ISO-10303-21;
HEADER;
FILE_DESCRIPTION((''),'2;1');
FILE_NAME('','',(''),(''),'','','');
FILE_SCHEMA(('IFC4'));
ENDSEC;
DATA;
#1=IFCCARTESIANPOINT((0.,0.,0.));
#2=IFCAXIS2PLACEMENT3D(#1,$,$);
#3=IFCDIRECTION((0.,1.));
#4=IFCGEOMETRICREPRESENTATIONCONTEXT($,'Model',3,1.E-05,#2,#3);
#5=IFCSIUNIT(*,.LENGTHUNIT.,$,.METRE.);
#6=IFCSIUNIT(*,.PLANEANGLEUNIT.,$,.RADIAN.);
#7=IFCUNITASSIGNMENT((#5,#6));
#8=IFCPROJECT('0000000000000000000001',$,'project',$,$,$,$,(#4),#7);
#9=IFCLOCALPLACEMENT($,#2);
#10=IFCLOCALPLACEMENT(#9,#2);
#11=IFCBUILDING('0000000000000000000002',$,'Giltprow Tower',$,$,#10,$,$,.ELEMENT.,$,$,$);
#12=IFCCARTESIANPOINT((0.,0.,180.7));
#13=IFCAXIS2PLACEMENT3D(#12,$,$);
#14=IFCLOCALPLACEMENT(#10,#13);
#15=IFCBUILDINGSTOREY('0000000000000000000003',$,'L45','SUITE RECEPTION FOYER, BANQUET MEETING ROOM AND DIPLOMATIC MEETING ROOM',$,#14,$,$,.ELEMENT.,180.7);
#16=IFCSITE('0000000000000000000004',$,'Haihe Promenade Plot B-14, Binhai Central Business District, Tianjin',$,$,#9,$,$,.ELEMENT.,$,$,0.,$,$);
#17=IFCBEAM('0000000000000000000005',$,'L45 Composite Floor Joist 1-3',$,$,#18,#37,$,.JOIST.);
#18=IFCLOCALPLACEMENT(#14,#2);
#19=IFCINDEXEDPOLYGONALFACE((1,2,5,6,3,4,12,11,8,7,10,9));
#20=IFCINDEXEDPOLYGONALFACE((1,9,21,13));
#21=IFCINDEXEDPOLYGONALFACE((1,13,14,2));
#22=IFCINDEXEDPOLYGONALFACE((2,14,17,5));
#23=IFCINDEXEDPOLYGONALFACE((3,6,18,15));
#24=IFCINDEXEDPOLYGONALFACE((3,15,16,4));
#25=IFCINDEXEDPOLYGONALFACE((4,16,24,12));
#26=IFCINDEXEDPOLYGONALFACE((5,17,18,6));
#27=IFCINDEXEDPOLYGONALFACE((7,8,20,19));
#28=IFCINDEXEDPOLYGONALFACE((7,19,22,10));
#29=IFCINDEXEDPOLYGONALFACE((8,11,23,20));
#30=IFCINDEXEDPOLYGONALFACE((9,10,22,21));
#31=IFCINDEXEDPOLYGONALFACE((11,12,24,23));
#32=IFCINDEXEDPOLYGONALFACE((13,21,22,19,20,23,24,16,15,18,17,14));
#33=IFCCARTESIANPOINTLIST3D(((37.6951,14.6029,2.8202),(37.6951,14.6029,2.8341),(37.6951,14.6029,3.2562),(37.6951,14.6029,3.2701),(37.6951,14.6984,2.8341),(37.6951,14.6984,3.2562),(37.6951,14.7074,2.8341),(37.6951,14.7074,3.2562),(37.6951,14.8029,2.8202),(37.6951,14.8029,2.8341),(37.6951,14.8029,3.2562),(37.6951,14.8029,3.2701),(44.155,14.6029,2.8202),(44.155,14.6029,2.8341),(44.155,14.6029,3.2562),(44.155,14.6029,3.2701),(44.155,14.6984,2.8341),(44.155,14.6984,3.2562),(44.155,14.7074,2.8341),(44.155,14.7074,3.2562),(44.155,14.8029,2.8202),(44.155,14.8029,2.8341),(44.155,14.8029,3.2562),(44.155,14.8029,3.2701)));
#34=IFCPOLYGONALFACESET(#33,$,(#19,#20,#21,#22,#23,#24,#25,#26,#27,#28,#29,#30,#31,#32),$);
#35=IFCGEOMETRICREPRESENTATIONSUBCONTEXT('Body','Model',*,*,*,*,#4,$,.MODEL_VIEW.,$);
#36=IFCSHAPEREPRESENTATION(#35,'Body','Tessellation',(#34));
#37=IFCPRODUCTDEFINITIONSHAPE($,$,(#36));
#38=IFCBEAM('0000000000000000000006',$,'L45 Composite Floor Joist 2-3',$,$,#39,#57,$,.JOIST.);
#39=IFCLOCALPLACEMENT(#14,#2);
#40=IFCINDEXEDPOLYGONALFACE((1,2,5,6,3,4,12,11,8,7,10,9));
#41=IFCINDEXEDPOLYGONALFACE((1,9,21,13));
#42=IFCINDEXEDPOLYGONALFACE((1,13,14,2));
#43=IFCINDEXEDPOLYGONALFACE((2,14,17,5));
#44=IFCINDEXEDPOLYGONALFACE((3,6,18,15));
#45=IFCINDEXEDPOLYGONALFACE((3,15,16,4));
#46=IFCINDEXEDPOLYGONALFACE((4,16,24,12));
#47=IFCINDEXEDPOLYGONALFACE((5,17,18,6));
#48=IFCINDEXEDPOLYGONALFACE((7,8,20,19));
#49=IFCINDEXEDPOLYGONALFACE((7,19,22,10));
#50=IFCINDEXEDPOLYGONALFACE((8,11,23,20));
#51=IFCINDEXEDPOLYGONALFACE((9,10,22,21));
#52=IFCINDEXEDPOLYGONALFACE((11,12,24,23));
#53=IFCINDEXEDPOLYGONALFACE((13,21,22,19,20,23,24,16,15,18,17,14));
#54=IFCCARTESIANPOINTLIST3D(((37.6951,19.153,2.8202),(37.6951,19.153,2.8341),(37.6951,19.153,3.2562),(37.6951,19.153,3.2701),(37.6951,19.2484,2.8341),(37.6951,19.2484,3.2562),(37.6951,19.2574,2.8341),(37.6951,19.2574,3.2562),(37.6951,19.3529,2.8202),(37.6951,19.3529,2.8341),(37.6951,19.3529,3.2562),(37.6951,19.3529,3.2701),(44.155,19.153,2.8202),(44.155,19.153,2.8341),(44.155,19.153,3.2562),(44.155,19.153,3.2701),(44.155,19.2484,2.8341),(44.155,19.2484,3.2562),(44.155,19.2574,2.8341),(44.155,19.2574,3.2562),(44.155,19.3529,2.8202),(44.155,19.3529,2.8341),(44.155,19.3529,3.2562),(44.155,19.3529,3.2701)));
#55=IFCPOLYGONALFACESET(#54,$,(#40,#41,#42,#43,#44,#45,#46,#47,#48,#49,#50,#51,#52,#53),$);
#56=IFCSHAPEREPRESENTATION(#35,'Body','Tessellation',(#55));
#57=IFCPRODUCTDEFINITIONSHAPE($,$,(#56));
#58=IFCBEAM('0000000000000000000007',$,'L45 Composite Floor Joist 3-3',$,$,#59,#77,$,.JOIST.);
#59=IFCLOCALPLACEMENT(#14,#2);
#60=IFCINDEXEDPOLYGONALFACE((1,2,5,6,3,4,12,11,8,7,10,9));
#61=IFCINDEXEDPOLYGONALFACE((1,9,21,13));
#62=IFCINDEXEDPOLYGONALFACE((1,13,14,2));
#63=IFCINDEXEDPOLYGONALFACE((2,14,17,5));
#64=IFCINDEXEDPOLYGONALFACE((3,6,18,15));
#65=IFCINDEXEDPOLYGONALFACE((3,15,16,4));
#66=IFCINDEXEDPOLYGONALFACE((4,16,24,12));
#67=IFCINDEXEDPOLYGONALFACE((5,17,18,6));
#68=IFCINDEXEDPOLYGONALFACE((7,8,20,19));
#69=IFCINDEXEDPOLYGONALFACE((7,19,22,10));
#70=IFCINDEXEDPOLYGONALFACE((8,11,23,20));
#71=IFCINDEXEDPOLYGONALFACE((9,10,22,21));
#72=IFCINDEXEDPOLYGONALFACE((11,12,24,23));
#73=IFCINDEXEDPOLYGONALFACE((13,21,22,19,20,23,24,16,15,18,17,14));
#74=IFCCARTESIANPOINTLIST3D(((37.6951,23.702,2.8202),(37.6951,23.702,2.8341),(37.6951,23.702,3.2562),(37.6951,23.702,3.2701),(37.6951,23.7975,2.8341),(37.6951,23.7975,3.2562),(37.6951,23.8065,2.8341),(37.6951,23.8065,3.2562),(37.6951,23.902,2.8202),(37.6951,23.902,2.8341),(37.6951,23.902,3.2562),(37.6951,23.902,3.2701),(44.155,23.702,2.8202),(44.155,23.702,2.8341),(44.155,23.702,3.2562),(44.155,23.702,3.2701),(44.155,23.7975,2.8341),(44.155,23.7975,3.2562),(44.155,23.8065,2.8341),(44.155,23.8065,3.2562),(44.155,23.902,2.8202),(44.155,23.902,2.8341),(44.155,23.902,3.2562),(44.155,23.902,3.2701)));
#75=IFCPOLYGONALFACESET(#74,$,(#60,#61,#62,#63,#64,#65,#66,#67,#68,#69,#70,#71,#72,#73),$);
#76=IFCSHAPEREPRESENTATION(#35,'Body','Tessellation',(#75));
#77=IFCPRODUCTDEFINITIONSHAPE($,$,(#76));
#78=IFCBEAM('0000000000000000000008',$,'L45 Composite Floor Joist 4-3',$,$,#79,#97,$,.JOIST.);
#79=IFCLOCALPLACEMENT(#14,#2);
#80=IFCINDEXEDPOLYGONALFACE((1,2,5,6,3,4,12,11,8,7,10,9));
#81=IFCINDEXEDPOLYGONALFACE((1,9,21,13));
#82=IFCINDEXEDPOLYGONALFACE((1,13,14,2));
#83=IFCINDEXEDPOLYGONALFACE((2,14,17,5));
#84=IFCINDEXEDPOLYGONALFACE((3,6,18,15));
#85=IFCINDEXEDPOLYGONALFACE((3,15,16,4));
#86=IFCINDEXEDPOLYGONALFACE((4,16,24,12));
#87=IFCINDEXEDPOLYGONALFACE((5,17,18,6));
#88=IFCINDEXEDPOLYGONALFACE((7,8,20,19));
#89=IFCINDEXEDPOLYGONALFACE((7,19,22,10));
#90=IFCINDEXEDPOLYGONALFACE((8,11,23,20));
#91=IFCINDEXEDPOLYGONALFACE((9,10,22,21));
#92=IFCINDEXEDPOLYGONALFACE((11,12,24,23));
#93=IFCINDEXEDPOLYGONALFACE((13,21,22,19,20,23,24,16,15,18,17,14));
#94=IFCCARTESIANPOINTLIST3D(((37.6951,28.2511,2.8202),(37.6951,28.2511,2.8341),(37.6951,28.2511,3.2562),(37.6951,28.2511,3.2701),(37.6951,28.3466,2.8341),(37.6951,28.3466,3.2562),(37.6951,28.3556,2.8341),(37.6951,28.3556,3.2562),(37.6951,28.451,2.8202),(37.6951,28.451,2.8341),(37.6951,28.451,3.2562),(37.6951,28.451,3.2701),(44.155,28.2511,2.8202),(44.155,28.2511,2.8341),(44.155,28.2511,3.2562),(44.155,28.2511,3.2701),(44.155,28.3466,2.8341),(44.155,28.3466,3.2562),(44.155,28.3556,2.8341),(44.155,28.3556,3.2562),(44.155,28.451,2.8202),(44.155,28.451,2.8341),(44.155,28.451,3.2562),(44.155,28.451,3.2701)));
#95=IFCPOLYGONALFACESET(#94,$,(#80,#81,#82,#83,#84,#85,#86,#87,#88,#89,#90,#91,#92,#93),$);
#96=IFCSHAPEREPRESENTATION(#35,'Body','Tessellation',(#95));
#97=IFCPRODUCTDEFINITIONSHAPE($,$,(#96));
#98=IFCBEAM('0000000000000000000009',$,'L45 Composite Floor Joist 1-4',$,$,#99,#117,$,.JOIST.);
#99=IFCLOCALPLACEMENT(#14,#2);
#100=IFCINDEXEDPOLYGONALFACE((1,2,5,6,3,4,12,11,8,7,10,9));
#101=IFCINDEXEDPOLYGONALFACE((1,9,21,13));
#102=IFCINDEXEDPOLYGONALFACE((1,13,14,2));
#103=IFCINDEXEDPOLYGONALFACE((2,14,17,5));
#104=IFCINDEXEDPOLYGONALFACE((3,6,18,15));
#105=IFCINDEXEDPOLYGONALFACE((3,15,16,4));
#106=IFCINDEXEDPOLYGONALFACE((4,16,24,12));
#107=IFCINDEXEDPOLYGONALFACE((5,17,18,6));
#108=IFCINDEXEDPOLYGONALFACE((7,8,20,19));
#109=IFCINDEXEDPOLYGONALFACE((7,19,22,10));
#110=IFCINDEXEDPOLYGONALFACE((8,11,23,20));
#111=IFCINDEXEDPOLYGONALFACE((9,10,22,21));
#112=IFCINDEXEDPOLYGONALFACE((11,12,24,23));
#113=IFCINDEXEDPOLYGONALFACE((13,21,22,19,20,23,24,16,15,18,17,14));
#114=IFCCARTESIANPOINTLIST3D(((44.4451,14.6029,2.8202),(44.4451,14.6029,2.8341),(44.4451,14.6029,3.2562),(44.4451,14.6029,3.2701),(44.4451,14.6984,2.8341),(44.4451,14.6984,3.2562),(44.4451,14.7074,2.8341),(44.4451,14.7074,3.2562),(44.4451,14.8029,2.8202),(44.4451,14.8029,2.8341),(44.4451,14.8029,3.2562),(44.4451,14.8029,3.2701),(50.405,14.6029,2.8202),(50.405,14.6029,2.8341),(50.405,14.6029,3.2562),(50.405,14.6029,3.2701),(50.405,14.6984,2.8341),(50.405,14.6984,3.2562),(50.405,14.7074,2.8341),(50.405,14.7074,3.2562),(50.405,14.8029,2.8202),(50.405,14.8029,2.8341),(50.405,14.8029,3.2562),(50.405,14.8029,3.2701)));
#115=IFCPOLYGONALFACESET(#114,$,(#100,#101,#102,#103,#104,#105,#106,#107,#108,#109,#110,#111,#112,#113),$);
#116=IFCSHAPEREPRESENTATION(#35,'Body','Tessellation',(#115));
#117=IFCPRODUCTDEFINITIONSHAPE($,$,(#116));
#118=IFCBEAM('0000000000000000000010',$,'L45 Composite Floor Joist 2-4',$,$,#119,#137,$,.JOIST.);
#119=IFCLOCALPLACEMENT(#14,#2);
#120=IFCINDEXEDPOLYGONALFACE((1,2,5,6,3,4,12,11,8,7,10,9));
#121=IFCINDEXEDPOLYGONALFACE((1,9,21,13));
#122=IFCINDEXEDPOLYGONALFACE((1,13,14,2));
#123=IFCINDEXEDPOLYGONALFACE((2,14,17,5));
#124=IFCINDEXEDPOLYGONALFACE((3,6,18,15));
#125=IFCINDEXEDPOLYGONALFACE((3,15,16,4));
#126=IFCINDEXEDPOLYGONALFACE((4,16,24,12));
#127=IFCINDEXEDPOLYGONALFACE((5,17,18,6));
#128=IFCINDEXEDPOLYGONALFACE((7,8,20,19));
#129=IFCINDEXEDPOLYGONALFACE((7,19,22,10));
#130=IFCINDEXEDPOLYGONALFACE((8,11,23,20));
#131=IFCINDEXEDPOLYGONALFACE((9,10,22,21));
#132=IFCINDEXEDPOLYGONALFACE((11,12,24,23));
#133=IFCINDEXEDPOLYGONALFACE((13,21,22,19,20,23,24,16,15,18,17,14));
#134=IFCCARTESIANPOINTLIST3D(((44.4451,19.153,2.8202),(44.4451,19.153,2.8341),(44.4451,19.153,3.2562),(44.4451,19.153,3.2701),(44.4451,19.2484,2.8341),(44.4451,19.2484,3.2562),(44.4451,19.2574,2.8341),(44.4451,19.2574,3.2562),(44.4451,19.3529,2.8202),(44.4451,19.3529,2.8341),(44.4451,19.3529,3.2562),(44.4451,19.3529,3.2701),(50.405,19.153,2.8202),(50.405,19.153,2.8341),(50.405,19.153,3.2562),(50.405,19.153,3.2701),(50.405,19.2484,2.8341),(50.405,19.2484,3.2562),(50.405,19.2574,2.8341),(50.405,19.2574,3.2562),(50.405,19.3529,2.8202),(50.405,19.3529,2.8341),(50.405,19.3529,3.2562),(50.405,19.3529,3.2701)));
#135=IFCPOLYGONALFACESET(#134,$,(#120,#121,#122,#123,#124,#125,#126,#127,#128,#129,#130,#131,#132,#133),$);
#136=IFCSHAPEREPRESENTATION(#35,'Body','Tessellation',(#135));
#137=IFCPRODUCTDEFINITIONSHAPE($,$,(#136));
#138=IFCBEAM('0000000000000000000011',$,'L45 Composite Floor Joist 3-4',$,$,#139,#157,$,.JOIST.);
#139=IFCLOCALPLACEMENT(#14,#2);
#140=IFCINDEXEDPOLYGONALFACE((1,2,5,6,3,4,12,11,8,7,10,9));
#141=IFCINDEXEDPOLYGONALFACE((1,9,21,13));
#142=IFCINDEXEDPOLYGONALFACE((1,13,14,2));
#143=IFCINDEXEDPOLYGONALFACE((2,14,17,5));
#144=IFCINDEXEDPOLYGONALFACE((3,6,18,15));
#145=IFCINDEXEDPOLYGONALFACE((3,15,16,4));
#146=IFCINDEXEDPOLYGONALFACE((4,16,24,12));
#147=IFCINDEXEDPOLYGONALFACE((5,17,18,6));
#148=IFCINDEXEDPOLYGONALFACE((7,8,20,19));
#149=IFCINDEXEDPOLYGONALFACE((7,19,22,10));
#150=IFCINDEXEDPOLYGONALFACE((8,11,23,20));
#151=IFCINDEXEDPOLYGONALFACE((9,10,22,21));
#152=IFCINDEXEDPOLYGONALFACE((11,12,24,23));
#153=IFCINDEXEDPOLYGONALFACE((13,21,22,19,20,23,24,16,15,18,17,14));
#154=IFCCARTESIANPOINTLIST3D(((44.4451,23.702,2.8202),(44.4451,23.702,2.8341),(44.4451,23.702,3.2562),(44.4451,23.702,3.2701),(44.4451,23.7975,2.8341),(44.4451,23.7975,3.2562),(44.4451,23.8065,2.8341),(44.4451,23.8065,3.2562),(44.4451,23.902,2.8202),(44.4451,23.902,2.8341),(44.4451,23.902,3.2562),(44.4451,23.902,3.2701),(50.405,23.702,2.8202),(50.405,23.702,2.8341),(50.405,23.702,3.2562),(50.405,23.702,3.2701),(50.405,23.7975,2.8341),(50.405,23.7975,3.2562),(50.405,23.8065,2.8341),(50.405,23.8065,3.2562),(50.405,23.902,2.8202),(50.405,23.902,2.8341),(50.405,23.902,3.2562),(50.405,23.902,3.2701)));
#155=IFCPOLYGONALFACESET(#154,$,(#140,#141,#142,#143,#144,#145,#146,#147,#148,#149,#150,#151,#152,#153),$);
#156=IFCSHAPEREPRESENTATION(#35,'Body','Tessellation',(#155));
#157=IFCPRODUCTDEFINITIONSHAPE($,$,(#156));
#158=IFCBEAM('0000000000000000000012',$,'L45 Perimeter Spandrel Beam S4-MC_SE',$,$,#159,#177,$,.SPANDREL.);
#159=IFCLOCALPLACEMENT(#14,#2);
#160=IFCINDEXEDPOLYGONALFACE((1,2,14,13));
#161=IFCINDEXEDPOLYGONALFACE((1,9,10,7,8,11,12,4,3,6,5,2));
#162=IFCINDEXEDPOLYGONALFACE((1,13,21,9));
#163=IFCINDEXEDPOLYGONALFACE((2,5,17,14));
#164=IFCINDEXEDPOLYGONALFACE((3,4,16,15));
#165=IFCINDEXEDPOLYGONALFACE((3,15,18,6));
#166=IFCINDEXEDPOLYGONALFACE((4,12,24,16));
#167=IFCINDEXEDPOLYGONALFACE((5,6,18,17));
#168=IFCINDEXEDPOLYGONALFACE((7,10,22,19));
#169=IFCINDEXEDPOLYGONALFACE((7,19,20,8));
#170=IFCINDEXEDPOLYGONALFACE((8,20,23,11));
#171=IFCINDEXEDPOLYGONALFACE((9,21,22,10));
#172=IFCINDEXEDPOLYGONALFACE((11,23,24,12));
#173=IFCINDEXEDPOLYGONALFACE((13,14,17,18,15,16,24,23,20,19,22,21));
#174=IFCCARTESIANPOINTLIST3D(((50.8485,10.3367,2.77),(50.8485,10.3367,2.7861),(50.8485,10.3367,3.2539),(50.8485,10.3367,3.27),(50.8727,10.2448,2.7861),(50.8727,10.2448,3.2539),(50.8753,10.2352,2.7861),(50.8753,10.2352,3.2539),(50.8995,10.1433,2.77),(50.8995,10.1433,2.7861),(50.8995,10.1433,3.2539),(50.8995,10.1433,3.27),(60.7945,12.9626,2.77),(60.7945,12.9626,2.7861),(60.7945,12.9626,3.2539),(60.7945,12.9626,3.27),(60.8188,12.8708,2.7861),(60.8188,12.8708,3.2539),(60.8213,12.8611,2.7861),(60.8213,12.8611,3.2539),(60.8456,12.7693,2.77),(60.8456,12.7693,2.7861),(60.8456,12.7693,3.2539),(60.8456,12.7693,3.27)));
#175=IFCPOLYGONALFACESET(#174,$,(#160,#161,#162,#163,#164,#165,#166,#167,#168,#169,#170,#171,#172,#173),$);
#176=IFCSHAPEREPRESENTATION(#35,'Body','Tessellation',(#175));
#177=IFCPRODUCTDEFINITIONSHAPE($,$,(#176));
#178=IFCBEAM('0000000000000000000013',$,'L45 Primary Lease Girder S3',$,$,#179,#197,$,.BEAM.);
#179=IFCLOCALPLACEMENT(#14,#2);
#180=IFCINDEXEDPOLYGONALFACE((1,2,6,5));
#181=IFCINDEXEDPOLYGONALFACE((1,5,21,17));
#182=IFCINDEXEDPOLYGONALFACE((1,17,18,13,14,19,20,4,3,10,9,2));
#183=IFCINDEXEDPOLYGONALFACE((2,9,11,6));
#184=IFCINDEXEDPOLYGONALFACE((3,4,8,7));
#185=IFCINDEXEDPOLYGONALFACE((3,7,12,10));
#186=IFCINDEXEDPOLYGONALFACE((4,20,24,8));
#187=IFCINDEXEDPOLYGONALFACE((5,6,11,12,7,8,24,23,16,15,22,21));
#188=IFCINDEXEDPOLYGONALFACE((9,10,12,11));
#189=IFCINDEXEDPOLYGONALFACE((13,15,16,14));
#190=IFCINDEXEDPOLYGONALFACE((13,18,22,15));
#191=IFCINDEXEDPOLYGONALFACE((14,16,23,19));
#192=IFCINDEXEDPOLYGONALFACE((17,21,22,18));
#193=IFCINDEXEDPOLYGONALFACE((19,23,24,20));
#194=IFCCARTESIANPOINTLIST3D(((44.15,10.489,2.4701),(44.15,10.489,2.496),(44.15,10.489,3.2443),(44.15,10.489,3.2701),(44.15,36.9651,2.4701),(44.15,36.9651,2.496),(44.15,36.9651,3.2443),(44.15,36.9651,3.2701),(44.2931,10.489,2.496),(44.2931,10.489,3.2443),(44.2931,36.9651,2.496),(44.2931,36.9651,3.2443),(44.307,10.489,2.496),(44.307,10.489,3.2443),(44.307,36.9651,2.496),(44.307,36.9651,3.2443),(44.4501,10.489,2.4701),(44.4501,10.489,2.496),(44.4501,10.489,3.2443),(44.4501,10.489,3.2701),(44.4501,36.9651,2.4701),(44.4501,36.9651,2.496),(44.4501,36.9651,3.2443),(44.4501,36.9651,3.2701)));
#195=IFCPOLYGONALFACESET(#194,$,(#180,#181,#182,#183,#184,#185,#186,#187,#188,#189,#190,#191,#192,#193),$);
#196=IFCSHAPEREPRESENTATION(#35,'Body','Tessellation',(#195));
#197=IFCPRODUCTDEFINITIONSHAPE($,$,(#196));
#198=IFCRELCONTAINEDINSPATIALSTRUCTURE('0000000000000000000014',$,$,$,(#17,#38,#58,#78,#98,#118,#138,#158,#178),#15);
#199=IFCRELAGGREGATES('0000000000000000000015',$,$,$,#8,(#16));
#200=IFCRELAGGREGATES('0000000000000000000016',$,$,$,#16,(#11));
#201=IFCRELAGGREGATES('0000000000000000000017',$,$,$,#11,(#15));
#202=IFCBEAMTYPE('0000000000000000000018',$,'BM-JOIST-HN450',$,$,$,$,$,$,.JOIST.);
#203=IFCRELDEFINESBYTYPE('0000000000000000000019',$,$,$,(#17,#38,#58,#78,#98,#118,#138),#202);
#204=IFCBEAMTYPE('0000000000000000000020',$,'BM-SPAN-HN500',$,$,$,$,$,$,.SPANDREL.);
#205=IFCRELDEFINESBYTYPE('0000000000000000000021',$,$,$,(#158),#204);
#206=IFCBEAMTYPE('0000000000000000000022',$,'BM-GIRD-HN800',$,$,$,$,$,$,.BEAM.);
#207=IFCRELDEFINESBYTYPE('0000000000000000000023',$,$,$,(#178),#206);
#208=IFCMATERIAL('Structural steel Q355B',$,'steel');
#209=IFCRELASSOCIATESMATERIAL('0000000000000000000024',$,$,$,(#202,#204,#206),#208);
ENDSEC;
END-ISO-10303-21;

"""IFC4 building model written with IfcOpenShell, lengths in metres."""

from ifc_helpers import new_model, si_unit, direction, frame, origin, origin_2d, place, context, subcontext, project, spatial, i_section, extrude, source, transform, mapped, material, material_profile, profile_set, type_object, element, save


model = new_model("IFC4")

# Units and contexts
model_context = context("Model", 3, precision=1e-05, world=origin(), true_north=direction((0.0, 1.0)))
body_context = subcontext(model_context, "Body", "Model", "MODEL_VIEW")
ifc_project = project(units=[si_unit("LENGTHUNIT", "METRE"), si_unit("PLANEANGLEUNIT", "RADIAN")], contexts=[model_context])

# Site, building, storey
site_placement = place(None, origin())
site = spatial("IfcSite", under=ifc_project, at=site_placement, Name="Haihe Promenade Plot B-14, Binhai Central Business District, Tianjin", CompositionType="ELEMENT", RefElevation=0.0)
building_placement = place(site_placement, origin())
building = spatial("IfcBuilding", under=site, at=building_placement, Name="Giltprow Tower", CompositionType="ELEMENT")
storey_placement = place(building_placement, frame((0.0, 0.0, 180.7)))
storey = spatial("IfcBuildingStorey", under=building, at=storey_placement, Name="L45", Description="SUITE RECEPTION FOYER, BANQUET MEETING ROOM AND DIPLOMATIC MEETING ROOM", CompositionType="ELEMENT", Elevation=180.7)

# Beams
ifc_material_1 = material(Name="Structural steel Q355B", Category="steel")
ifc_material_profile_1 = material_profile(ifc_material_1, i_section(OverallWidth=0.2, OverallDepth=0.45, WebThickness=0.009, FlangeThickness=0.0139, at=origin_2d()), Name="HN 450x200x9x14")
ifc_profile_set_1 = profile_set([ifc_material_profile_1], Name="Structural steel Q355B")
beam_type_1 = type_object("IfcBeamType", Name="BM-JOIST-HN450", PredefinedType="JOIST", material=ifc_profile_set_1)
shared_shape_1 = source(origin(), body_context, "Body", "SweptSolid", [
    extrude(i_section(OverallWidth=0.2, OverallDepth=0.45, WebThickness=0.009, FlangeThickness=0.0139, at=origin_2d()), origin(), (0.0, 0.0, 1.0), 6.46),
])
for number, where, z_axis, x_axis, name in (
    (1, (37.6951, 14.7029, 3.0452), (1.0, 0.0, 0.0), (0.0, 1.0, 0.0), "L45 Composite Floor Joist 1-3"),
    (2, (37.6951, 19.2529, 3.0452), (1.0, 0.0, 0.0), (0.0, 1.0, 0.0), "L45 Composite Floor Joist 2-3"),
    (3, (37.6951, 23.802, 3.0452), (1.0, 0.0, 0.0), (0.0, 1.0, 0.0), "L45 Composite Floor Joist 3-3"),
    (4, (37.6951, 28.3511, 3.0452), (1.0, 0.0, 0.0), (0.0, 1.0, 0.0), "L45 Composite Floor Joist 4-3"),
):
    element("IfcBeam", number, at=place(storey_placement, frame(where, z_axis=z_axis, x_axis=x_axis)), inside=storey, type_object=beam_type_1, Name=name, PredefinedType="JOIST", context=body_context, shape_type="MappedRepresentation", body=[
        mapped(shared_shape_1, transform((0.0, 0.0, 0.0), x_axis=(1.0, 0.0, 0.0), y_axis=(0.0, 1.0, 0.0), z_axis=(0.0, 0.0, 1.0), scale=1.0)),
    ])
shared_shape_2 = source(origin(), body_context, "Body", "SweptSolid", [
    extrude(i_section(OverallWidth=0.2, OverallDepth=0.45, WebThickness=0.009, FlangeThickness=0.0139, at=origin_2d()), origin(), (0.0, 0.0, 1.0), 5.96),
])
for number, where, z_axis, x_axis, name in (
    (5, (44.4451, 14.7029, 3.0452), (1.0, 0.0, 0.0), (0.0, 1.0, 0.0), "L45 Composite Floor Joist 1-4"),
    (6, (44.4451, 19.2529, 3.0452), (1.0, 0.0, 0.0), (0.0, 1.0, 0.0), "L45 Composite Floor Joist 2-4"),
    (7, (44.4451, 23.802, 3.0452), (1.0, 0.0, 0.0), (0.0, 1.0, 0.0), "L45 Composite Floor Joist 3-4"),
):
    element("IfcBeam", number, at=place(storey_placement, frame(where, z_axis=z_axis, x_axis=x_axis)), inside=storey, type_object=beam_type_1, Name=name, PredefinedType="JOIST", context=body_context, shape_type="MappedRepresentation", body=[
        mapped(shared_shape_2, transform((0.0, 0.0, 0.0), x_axis=(1.0, 0.0, 0.0), y_axis=(0.0, 1.0, 0.0), z_axis=(0.0, 0.0, 1.0), scale=1.0)),
    ])
ifc_material_profile_2 = material_profile(ifc_material_1, i_section(OverallWidth=0.2, OverallDepth=0.5, WebThickness=0.01, FlangeThickness=0.0161, at=origin_2d()), Name="HN 500x200x10x16")
ifc_profile_set_2 = profile_set([ifc_material_profile_2], Name="Structural steel Q355B")
beam_type_2 = type_object("IfcBeamType", Name="BM-SPAN-HN500", PredefinedType="SPANDREL", material=ifc_profile_set_2)
shared_shape_3 = source(origin(), body_context, "Body", "SweptSolid", [
    extrude(i_section(OverallWidth=0.2, OverallDepth=0.5, WebThickness=0.01, FlangeThickness=0.0161, at=origin_2d()), origin(), (0.0, 0.0, 1.0), 10.2869),
])
beam_1_placement = place(storey_placement, frame((50.874, 10.24, 3.02), z_axis=(0.966869, 0.255275, 0.0), x_axis=(-0.255275, 0.966869, 0.0)))
element("IfcBeam", 8, at=beam_1_placement, inside=storey, type_object=beam_type_2, Name="L45 Perimeter Spandrel Beam S4-MC_SE", PredefinedType="SPANDREL", context=body_context, shape_type="MappedRepresentation", body=[
    mapped(shared_shape_3, transform((0.0, 0.0, 0.0), x_axis=(1.0, 0.0, 0.0), y_axis=(0.0, 1.0, 0.0), z_axis=(0.0, 0.0, 1.0), scale=1.0)),
])
ifc_material_profile_3 = material_profile(ifc_material_1, i_section(OverallWidth=0.3, OverallDepth=0.8, WebThickness=0.0139, FlangeThickness=0.0259, at=origin_2d()), Name="HN 800x300x14x26")
ifc_profile_set_3 = profile_set([ifc_material_profile_3], Name="Structural steel Q355B")
beam_type_3 = type_object("IfcBeamType", Name="BM-GIRD-HN800", PredefinedType="BEAM", material=ifc_profile_set_3)
shared_shape_4 = source(origin(), body_context, "Body", "SweptSolid", [
    extrude(i_section(OverallWidth=0.3, OverallDepth=0.8, WebThickness=0.0139, FlangeThickness=0.0259, at=origin_2d()), origin(), (0.0, 0.0, 1.0), 26.4761),
])
for number, where, z_axis, x_axis, name in (
    (9, (44.3, 10.489, 2.8701), (0.0, 1.0, 0.0), (-1.0, 0.0, 0.0), "L45 Primary Lease Girder S3"),
):
    element("IfcBeam", number, at=place(storey_placement, frame(where, z_axis=z_axis, x_axis=x_axis)), inside=storey, type_object=beam_type_3, Name=name, PredefinedType="BEAM", context=body_context, shape_type="MappedRepresentation", body=[
        mapped(shared_shape_4, transform((0.0, 0.0, 0.0), x_axis=(1.0, 0.0, 0.0), y_axis=(0.0, 1.0, 0.0), z_axis=(0.0, 0.0, 1.0), scale=1.0)),
    ])

save(model, "model.ifc")
